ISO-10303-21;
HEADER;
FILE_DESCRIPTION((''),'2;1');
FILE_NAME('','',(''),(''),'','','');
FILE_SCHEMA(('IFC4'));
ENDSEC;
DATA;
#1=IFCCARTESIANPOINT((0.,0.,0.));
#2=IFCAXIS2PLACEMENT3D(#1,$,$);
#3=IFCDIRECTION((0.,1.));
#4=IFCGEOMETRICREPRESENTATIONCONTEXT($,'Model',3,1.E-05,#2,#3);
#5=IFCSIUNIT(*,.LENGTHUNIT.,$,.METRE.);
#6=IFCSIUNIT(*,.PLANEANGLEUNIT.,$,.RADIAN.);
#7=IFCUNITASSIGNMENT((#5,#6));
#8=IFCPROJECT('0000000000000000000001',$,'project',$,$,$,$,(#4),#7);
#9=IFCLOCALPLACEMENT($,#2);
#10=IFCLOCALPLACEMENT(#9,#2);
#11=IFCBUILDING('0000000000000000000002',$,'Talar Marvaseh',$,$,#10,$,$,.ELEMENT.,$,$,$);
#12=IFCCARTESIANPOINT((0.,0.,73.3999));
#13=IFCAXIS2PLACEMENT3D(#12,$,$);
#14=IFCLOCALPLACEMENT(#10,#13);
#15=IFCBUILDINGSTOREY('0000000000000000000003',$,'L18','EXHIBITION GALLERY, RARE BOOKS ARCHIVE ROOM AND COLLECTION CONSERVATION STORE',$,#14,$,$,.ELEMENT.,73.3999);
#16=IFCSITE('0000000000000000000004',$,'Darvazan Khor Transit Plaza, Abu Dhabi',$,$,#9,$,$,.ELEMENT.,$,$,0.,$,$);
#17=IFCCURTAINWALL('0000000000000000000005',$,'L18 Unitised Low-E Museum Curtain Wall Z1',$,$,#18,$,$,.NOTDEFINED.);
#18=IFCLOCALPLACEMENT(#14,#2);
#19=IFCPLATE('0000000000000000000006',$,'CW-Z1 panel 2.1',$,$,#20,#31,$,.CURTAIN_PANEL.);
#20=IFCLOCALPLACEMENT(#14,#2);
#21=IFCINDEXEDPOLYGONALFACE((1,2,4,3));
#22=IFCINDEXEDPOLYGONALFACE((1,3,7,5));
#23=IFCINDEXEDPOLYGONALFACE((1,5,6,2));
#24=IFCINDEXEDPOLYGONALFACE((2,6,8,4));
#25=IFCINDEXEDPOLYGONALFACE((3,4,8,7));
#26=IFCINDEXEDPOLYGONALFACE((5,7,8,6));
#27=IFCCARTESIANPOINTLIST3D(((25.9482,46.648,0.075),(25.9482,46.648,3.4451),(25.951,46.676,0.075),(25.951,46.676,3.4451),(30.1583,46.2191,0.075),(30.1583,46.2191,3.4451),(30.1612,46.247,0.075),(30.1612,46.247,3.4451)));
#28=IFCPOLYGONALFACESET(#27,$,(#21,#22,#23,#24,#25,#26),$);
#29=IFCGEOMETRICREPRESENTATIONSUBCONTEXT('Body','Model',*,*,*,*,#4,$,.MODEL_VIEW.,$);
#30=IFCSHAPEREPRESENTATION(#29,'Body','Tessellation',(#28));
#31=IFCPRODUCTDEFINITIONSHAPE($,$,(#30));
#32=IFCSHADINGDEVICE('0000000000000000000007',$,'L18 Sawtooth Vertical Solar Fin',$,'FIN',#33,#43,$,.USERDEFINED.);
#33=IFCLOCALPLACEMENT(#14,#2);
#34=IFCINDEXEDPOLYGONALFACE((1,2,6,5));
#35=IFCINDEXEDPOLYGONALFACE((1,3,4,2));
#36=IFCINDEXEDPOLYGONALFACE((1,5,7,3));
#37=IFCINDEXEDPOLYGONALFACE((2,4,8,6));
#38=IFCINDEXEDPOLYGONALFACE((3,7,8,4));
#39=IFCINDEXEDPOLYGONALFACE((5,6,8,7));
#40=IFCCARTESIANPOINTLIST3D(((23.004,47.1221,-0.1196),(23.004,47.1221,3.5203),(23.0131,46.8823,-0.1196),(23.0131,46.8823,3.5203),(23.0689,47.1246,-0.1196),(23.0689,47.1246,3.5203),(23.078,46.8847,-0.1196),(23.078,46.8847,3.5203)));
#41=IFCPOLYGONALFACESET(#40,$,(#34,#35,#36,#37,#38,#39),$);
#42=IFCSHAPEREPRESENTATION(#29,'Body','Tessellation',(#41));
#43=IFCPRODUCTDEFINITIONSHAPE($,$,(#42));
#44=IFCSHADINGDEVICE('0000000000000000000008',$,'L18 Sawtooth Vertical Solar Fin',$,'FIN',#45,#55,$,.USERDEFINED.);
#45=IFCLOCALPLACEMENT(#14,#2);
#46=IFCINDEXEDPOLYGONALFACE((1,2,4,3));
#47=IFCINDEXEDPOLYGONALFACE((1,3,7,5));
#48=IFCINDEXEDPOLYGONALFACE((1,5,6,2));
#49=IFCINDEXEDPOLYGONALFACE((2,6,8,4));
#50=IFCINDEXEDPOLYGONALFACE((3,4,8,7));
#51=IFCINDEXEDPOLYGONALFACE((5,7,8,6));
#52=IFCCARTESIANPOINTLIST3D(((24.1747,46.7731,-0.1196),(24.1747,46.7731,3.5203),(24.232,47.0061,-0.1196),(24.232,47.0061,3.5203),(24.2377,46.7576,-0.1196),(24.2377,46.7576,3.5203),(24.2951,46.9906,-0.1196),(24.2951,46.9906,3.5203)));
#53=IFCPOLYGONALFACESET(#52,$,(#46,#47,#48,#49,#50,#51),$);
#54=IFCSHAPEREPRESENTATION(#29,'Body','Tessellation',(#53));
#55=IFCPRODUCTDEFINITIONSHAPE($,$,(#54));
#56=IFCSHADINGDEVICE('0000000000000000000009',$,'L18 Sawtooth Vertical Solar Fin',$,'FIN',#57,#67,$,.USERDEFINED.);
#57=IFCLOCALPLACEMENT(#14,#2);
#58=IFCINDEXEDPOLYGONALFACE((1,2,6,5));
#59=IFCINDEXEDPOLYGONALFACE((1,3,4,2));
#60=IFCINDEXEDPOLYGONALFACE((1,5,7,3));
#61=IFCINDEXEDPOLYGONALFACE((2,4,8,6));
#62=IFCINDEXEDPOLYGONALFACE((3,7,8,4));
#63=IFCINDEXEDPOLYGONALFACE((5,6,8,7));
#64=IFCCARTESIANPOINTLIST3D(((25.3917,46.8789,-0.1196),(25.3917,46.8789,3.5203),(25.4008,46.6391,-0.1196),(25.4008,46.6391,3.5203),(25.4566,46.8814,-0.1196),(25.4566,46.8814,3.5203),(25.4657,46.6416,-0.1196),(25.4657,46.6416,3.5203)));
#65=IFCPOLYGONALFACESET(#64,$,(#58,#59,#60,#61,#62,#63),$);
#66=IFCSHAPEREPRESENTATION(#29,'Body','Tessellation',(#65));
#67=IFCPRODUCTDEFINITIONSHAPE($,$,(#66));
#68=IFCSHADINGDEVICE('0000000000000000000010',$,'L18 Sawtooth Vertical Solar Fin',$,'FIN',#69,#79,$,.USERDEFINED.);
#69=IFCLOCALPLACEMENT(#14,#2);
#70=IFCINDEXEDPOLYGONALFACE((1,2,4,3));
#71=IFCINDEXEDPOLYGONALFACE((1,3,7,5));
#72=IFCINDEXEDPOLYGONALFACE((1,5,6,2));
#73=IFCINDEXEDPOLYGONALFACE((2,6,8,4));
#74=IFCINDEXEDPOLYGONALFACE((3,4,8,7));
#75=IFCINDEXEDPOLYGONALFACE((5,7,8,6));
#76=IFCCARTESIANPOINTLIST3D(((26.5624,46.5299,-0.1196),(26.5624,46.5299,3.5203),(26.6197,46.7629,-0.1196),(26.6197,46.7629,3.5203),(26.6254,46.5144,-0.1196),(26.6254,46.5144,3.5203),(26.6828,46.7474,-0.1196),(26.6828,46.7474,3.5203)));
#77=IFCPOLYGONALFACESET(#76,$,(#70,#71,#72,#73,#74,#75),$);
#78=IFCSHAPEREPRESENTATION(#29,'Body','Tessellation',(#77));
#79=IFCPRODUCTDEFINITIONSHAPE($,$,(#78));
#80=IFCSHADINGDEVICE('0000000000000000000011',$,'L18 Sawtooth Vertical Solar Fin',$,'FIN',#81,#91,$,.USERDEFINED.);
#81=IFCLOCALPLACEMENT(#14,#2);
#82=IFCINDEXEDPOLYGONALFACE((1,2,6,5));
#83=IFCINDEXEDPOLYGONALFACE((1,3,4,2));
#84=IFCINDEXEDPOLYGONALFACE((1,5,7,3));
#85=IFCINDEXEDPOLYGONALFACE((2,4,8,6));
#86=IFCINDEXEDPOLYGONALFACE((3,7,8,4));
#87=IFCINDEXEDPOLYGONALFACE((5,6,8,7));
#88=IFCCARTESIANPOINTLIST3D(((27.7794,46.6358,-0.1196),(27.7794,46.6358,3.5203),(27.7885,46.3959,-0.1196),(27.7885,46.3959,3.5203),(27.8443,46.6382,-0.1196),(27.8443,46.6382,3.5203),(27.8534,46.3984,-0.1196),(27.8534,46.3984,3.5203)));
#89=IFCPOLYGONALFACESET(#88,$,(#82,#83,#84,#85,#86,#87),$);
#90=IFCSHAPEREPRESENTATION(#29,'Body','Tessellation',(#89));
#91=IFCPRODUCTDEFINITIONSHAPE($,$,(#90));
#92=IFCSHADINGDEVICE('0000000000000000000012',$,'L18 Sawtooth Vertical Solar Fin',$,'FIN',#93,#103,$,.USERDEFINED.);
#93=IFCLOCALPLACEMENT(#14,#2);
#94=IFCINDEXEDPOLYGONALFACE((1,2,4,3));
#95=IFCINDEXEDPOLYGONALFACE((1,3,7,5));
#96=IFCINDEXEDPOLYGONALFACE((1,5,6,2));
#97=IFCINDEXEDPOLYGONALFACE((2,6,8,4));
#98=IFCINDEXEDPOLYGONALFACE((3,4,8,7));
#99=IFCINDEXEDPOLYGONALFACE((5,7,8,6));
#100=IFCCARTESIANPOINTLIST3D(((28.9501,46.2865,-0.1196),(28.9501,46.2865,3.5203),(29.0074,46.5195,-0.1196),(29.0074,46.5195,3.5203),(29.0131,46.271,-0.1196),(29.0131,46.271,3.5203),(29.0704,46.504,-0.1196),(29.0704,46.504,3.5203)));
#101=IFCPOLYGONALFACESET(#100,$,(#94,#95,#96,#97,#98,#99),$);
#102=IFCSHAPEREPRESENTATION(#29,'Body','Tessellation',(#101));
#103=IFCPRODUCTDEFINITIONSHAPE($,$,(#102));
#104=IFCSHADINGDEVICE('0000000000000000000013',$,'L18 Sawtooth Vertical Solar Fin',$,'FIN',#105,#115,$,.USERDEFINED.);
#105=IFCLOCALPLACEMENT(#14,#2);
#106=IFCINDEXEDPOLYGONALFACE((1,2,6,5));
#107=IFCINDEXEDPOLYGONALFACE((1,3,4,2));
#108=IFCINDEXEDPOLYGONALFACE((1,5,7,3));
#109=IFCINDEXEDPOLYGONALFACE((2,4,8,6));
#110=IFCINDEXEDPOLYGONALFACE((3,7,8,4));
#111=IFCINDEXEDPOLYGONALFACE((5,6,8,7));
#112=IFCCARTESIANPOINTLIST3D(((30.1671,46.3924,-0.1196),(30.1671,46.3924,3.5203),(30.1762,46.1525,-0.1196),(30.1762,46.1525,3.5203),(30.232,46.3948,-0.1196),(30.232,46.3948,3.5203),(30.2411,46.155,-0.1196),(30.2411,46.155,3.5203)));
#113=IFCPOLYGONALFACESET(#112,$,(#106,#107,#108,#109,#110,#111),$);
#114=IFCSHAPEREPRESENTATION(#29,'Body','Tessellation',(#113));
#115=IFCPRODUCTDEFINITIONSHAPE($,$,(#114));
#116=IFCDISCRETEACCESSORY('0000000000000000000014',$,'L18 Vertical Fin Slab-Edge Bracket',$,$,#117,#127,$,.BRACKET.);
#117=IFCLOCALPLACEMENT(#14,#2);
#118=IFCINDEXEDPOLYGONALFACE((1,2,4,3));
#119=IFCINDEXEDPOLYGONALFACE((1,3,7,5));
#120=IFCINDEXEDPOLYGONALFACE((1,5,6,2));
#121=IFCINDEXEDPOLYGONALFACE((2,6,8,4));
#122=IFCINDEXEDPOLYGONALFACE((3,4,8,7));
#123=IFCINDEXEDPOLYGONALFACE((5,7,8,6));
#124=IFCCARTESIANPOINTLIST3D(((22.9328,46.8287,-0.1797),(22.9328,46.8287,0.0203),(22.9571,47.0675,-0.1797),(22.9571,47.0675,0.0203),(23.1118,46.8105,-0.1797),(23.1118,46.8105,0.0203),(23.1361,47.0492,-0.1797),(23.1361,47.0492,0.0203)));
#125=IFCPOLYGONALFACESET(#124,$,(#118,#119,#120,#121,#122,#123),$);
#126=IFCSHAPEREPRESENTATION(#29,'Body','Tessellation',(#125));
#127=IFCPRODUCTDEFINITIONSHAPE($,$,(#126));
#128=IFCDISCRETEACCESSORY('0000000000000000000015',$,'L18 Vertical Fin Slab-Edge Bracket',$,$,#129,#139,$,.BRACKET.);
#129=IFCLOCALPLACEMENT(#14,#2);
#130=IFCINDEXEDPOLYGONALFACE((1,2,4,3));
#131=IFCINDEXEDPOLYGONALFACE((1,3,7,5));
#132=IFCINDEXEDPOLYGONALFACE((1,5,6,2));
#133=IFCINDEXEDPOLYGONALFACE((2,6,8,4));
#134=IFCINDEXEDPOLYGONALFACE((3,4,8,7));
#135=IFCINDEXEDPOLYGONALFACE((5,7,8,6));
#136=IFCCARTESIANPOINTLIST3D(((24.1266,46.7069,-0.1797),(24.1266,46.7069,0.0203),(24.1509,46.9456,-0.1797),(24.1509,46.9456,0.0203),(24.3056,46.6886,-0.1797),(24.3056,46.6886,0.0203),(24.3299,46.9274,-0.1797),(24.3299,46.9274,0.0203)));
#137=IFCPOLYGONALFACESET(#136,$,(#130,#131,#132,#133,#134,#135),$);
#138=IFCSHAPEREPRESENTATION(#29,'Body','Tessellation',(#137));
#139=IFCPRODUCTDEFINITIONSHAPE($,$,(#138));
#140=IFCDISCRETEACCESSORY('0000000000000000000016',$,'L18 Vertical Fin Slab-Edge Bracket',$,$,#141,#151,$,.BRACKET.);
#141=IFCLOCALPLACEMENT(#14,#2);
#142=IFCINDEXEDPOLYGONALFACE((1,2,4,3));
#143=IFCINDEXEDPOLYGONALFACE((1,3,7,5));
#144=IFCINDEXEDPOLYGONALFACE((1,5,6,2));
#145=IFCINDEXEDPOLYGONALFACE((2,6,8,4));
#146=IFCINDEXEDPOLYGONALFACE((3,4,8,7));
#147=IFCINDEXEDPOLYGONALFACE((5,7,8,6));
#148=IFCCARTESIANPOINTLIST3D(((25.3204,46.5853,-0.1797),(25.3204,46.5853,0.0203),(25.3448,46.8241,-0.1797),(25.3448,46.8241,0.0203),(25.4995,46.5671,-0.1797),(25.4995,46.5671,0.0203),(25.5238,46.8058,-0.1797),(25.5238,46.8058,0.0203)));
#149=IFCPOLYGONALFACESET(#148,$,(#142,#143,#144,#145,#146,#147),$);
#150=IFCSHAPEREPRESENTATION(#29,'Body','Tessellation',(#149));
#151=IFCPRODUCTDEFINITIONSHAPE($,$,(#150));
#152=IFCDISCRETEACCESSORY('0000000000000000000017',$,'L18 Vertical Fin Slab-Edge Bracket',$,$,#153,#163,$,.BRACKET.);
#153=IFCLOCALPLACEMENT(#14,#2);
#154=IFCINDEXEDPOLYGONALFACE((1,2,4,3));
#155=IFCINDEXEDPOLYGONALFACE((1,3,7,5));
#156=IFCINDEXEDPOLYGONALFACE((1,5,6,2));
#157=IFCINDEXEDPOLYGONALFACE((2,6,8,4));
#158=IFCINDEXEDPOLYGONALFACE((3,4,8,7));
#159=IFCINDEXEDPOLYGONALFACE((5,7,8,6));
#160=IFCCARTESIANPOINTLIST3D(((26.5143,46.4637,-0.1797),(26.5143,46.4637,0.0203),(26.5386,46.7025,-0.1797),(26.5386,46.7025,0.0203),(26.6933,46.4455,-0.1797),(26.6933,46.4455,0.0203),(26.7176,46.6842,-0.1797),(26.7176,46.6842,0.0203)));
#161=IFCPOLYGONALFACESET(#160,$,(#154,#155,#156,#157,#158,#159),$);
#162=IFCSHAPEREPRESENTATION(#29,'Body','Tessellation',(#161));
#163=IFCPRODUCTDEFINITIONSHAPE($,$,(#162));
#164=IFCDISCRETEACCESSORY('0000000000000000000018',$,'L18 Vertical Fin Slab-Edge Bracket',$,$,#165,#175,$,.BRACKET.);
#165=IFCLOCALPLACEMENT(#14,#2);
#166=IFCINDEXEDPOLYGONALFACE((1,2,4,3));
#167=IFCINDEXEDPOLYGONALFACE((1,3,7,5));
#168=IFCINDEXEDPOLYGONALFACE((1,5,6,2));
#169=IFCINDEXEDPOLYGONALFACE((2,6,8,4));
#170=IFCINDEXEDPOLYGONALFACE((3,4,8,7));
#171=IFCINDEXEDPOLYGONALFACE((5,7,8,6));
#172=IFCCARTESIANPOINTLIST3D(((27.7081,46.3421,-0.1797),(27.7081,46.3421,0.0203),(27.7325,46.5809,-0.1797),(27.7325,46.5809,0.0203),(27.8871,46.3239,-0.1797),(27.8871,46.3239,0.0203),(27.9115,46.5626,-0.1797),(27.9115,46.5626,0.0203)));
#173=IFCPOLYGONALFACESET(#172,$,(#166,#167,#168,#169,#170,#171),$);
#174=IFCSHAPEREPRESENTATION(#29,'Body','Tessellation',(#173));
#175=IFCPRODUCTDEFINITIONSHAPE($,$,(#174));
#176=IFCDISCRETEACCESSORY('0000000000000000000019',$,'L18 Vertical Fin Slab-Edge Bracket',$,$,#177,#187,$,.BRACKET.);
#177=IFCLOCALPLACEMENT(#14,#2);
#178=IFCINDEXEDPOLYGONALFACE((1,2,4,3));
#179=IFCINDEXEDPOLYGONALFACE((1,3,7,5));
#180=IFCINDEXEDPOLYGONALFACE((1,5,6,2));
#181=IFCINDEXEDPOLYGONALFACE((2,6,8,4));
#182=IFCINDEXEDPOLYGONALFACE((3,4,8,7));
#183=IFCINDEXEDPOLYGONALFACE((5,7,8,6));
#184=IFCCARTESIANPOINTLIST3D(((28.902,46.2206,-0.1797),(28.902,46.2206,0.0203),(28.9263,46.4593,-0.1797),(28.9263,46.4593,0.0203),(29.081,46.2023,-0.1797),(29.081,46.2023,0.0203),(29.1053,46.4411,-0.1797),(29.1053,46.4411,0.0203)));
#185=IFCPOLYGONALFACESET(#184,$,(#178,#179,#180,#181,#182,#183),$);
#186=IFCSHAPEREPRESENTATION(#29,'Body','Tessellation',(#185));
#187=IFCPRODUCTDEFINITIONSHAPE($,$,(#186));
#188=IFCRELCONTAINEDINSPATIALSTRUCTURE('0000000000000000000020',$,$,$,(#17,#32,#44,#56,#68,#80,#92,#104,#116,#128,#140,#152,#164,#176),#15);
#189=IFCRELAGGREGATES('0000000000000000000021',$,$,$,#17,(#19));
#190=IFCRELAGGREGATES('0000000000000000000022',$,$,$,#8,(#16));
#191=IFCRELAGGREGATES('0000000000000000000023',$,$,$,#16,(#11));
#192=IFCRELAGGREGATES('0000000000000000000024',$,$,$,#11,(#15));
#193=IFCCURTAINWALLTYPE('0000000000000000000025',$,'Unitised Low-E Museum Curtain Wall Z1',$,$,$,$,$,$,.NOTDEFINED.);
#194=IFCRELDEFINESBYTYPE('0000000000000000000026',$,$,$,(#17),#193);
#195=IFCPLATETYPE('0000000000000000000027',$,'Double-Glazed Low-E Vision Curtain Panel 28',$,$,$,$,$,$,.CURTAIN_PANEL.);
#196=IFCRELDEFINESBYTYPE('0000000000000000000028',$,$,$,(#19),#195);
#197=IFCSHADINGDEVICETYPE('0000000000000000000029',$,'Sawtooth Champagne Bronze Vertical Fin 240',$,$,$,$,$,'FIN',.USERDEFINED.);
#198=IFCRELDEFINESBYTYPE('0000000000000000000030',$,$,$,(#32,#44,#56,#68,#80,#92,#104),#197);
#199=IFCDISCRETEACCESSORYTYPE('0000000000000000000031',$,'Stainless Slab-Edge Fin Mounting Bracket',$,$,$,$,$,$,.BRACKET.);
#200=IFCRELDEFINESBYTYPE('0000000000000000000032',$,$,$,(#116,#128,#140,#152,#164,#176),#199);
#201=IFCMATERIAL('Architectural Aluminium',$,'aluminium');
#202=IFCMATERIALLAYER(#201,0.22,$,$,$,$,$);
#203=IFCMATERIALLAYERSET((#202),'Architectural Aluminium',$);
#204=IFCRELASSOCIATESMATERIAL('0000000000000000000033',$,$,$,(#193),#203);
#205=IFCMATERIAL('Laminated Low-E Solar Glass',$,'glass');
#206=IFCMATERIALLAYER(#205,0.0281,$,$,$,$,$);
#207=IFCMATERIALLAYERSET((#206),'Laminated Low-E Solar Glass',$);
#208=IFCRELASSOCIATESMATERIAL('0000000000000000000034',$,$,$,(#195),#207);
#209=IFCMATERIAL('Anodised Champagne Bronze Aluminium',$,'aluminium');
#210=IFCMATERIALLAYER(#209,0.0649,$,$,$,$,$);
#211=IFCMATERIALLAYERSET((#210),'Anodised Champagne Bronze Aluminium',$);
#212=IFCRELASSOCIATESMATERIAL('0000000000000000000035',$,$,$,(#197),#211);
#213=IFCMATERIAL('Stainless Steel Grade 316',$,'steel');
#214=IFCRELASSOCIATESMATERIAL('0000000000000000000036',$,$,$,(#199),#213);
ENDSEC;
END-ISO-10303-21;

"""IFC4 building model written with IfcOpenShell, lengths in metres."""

from ifc_helpers import new_model, si_unit, direction, frame, origin, origin_2d, place, context, subcontext, project, spatial, rectangle, extrude, source, transform, mapped, material, layer, layer_set, type_object, type_shapes, element, aggregate, save


model = new_model("IFC4")

# Units and contexts
model_context = context("Model", 3, precision=1e-05, world=origin(), true_north=direction((0.0, 1.0)))
body_context = subcontext(model_context, "Body", "Model", "MODEL_VIEW")
ifc_project = project(units=[si_unit("LENGTHUNIT", "METRE"), si_unit("PLANEANGLEUNIT", "RADIAN")], contexts=[model_context])

# Site, building, storey
site_placement = place(None, origin())
site = spatial("IfcSite", under=ifc_project, at=site_placement, Name="Darvazan Khor Transit Plaza, Abu Dhabi", CompositionType="ELEMENT", RefElevation=0.0)
building_placement = place(site_placement, origin())
building = spatial("IfcBuilding", under=site, at=building_placement, Name="Talar Marvaseh", CompositionType="ELEMENT")
storey_placement = place(building_placement, frame((0.0, 0.0, 73.3999)))
storey = spatial("IfcBuildingStorey", under=building, at=storey_placement, Name="L18", Description="EXHIBITION GALLERY, RARE BOOKS ARCHIVE ROOM AND COLLECTION CONSERVATION STORE", CompositionType="ELEMENT", Elevation=73.3999)

# Curtain wall, plate
ifc_material_1 = material(Name="Architectural Aluminium", Category="aluminium")
ifc_layer_1 = layer(ifc_material_1, 0.22)
ifc_layer_set_1 = layer_set([ifc_layer_1], Name="Architectural Aluminium")
curtain_wall_type = type_object("IfcCurtainWallType", Name="Unitised Low-E Museum Curtain Wall Z1", PredefinedType="NOTDEFINED", material=ifc_layer_set_1)
curtain_wall_placement = place(storey_placement, origin())
curtain_wall = element("IfcCurtainWall", 1, at=curtain_wall_placement, inside=storey, type_object=curtain_wall_type, Name="L18 Unitised Low-E Museum Curtain Wall Z1", PredefinedType="NOTDEFINED")
ifc_material_2 = material(Name="Laminated Low-E Solar Glass", Category="glass")
ifc_layer_2 = layer(ifc_material_2, 0.0281)
ifc_layer_set_2 = layer_set([ifc_layer_2], Name="Laminated Low-E Solar Glass")
plate_type = type_object("IfcPlateType", Name="Double-Glazed Low-E Vision Curtain Panel 28", PredefinedType="CURTAIN_PANEL", material=ifc_layer_set_2)
shared_shape_1 = source(origin(), body_context, "Body", "SweptSolid", [
    extrude(rectangle(XDim=4.2319, YDim=0.0281, at=origin_2d()), origin(), (0.0, 0.0, 1.0), 3.3701),
])
plate_1_placement = place(storey_placement, frame((28.0547, 46.4475, 0.075), z_axis=(0.0, 0.0, 1.0), x_axis=(0.994849, -0.101365, 0.0)))
plate_1 = element("IfcPlate", 2, at=plate_1_placement, type_object=plate_type, Name="CW-Z1 panel 2.1", PredefinedType="CURTAIN_PANEL", context=body_context, shape_type="MappedRepresentation", body=[
    mapped(shared_shape_1, transform((0.0, 0.0, 0.0), x_axis=(1.0, 0.0, 0.0), y_axis=(0.0, 1.0, 0.0), z_axis=(0.0, 0.0, 1.0), scale=1.0)),
])
aggregate(curtain_wall, [plate_1])

# Shading devices
ifc_material_3 = material(Name="Anodised Champagne Bronze Aluminium", Category="aluminium")
ifc_layer_3 = layer(ifc_material_3, 0.0649)
ifc_layer_set_3 = layer_set([ifc_layer_3], Name="Anodised Champagne Bronze Aluminium")
shading_device_type = type_object("IfcShadingDeviceType", Name="Sawtooth Champagne Bronze Vertical Fin 240", ElementType="FIN", PredefinedType="USERDEFINED", material=ifc_layer_set_3)
shared_shape_2 = source(origin(), body_context, "Body", "SweptSolid", [
    extrude(rectangle(XDim=0.24, YDim=0.0649, at=origin_2d()), origin(), (0.0, 0.0, 1.0), 3.6399),
])
type_shapes(shading_device_type, [shared_shape_2])
for number, where, z_axis, x_axis, name in (
    (3, (23.041, 47.0034, -0.1196), (0.0, 0.0, 1.0), (-0.038039, 0.999276, 0.0), "L18 Sawtooth Vertical Solar Fin"),
    (4, (24.2349, 46.8818, -0.1196), (0.0, 0.0, 1.0), (0.238872, 0.971051, 0.0), "L18 Sawtooth Vertical Solar Fin"),
    (5, (25.4287, 46.7603, -0.1196), (0.0, 0.0, 1.0), (-0.038039, 0.999276, 0.0), "L18 Sawtooth Vertical Solar Fin"),
    (6, (26.6226, 46.6387, -0.1196), (0.0, 0.0, 1.0), (0.238872, 0.971051, 0.0), "L18 Sawtooth Vertical Solar Fin"),
    (7, (27.8164, 46.5171, -0.1196), (0.0, 0.0, 1.0), (-0.038039, 0.999276, 0.0), "L18 Sawtooth Vertical Solar Fin"),
    (8, (29.0103, 46.3953, -0.1196), (0.0, 0.0, 1.0), (0.238872, 0.971051, 0.0), "L18 Sawtooth Vertical Solar Fin"),
    (9, (30.2041, 46.2737, -0.1196), (0.0, 0.0, 1.0), (-0.038039, 0.999276, 0.0), "L18 Sawtooth Vertical Solar Fin"),
):
    element("IfcShadingDevice", number, at=place(storey_placement, frame(where, z_axis=z_axis, x_axis=x_axis)), inside=storey, type_object=shading_device_type, Name=name, ObjectType="FIN", PredefinedType="USERDEFINED", context=body_context, shape_type="MappedRepresentation", body=[
        mapped(shared_shape_2, transform((0.0, 0.0, 0.0), x_axis=(1.0, 0.0, 0.0), y_axis=(0.0, 1.0, 0.0), z_axis=(0.0, 0.0, 1.0), scale=1.0)),
    ])

# Discrete accessories
ifc_material_4 = material(Name="Stainless Steel Grade 316", Category="steel")
discrete_accessory_type = type_object("IfcDiscreteAccessoryType", Name="Stainless Slab-Edge Fin Mounting Bracket", PredefinedType="BRACKET", material=ifc_material_4)
shared_shape_3 = source(origin(), body_context, "Body", "SweptSolid", [
    extrude(rectangle(XDim=0.24, YDim=0.1799, at=origin_2d()), origin(), (0.0, 0.0, 1.0), 0.2),
])
type_shapes(discrete_accessory_type, [shared_shape_3])
for number, where, z_axis, x_axis, name in (
    (10, (23.0344, 46.939, -0.1797), (0.0, 0.0, 1.0), (0.101404, 0.994845, 0.0), "L18 Vertical Fin Slab-Edge Bracket"),
    (11, (24.2283, 46.8171, -0.1797), (0.0, 0.0, 1.0), (0.101404, 0.994845, 0.0), "L18 Vertical Fin Slab-Edge Bracket"),
    (12, (25.4221, 46.6956, -0.1797), (0.0, 0.0, 1.0), (0.101404, 0.994845, 0.0), "L18 Vertical Fin Slab-Edge Bracket"),
    (13, (26.616, 46.574, -0.1797), (0.0, 0.0, 1.0), (0.101404, 0.994845, 0.0), "L18 Vertical Fin Slab-Edge Bracket"),
    (14, (27.8098, 46.4524, -0.1797), (0.0, 0.0, 1.0), (0.101404, 0.994845, 0.0), "L18 Vertical Fin Slab-Edge Bracket"),
    (15, (29.0037, 46.3308, -0.1797), (0.0, 0.0, 1.0), (0.101404, 0.994845, 0.0), "L18 Vertical Fin Slab-Edge Bracket"),
):
    element("IfcDiscreteAccessory", number, at=place(storey_placement, frame(where, z_axis=z_axis, x_axis=x_axis)), inside=storey, type_object=discrete_accessory_type, Name=name, PredefinedType="BRACKET", context=body_context, shape_type="MappedRepresentation", body=[
        mapped(shared_shape_3, transform((0.0, 0.0, 0.0), x_axis=(1.0, 0.0, 0.0), y_axis=(0.0, 1.0, 0.0), z_axis=(0.0, 0.0, 1.0), scale=1.0)),
    ])

save(model, "model.ifc")
